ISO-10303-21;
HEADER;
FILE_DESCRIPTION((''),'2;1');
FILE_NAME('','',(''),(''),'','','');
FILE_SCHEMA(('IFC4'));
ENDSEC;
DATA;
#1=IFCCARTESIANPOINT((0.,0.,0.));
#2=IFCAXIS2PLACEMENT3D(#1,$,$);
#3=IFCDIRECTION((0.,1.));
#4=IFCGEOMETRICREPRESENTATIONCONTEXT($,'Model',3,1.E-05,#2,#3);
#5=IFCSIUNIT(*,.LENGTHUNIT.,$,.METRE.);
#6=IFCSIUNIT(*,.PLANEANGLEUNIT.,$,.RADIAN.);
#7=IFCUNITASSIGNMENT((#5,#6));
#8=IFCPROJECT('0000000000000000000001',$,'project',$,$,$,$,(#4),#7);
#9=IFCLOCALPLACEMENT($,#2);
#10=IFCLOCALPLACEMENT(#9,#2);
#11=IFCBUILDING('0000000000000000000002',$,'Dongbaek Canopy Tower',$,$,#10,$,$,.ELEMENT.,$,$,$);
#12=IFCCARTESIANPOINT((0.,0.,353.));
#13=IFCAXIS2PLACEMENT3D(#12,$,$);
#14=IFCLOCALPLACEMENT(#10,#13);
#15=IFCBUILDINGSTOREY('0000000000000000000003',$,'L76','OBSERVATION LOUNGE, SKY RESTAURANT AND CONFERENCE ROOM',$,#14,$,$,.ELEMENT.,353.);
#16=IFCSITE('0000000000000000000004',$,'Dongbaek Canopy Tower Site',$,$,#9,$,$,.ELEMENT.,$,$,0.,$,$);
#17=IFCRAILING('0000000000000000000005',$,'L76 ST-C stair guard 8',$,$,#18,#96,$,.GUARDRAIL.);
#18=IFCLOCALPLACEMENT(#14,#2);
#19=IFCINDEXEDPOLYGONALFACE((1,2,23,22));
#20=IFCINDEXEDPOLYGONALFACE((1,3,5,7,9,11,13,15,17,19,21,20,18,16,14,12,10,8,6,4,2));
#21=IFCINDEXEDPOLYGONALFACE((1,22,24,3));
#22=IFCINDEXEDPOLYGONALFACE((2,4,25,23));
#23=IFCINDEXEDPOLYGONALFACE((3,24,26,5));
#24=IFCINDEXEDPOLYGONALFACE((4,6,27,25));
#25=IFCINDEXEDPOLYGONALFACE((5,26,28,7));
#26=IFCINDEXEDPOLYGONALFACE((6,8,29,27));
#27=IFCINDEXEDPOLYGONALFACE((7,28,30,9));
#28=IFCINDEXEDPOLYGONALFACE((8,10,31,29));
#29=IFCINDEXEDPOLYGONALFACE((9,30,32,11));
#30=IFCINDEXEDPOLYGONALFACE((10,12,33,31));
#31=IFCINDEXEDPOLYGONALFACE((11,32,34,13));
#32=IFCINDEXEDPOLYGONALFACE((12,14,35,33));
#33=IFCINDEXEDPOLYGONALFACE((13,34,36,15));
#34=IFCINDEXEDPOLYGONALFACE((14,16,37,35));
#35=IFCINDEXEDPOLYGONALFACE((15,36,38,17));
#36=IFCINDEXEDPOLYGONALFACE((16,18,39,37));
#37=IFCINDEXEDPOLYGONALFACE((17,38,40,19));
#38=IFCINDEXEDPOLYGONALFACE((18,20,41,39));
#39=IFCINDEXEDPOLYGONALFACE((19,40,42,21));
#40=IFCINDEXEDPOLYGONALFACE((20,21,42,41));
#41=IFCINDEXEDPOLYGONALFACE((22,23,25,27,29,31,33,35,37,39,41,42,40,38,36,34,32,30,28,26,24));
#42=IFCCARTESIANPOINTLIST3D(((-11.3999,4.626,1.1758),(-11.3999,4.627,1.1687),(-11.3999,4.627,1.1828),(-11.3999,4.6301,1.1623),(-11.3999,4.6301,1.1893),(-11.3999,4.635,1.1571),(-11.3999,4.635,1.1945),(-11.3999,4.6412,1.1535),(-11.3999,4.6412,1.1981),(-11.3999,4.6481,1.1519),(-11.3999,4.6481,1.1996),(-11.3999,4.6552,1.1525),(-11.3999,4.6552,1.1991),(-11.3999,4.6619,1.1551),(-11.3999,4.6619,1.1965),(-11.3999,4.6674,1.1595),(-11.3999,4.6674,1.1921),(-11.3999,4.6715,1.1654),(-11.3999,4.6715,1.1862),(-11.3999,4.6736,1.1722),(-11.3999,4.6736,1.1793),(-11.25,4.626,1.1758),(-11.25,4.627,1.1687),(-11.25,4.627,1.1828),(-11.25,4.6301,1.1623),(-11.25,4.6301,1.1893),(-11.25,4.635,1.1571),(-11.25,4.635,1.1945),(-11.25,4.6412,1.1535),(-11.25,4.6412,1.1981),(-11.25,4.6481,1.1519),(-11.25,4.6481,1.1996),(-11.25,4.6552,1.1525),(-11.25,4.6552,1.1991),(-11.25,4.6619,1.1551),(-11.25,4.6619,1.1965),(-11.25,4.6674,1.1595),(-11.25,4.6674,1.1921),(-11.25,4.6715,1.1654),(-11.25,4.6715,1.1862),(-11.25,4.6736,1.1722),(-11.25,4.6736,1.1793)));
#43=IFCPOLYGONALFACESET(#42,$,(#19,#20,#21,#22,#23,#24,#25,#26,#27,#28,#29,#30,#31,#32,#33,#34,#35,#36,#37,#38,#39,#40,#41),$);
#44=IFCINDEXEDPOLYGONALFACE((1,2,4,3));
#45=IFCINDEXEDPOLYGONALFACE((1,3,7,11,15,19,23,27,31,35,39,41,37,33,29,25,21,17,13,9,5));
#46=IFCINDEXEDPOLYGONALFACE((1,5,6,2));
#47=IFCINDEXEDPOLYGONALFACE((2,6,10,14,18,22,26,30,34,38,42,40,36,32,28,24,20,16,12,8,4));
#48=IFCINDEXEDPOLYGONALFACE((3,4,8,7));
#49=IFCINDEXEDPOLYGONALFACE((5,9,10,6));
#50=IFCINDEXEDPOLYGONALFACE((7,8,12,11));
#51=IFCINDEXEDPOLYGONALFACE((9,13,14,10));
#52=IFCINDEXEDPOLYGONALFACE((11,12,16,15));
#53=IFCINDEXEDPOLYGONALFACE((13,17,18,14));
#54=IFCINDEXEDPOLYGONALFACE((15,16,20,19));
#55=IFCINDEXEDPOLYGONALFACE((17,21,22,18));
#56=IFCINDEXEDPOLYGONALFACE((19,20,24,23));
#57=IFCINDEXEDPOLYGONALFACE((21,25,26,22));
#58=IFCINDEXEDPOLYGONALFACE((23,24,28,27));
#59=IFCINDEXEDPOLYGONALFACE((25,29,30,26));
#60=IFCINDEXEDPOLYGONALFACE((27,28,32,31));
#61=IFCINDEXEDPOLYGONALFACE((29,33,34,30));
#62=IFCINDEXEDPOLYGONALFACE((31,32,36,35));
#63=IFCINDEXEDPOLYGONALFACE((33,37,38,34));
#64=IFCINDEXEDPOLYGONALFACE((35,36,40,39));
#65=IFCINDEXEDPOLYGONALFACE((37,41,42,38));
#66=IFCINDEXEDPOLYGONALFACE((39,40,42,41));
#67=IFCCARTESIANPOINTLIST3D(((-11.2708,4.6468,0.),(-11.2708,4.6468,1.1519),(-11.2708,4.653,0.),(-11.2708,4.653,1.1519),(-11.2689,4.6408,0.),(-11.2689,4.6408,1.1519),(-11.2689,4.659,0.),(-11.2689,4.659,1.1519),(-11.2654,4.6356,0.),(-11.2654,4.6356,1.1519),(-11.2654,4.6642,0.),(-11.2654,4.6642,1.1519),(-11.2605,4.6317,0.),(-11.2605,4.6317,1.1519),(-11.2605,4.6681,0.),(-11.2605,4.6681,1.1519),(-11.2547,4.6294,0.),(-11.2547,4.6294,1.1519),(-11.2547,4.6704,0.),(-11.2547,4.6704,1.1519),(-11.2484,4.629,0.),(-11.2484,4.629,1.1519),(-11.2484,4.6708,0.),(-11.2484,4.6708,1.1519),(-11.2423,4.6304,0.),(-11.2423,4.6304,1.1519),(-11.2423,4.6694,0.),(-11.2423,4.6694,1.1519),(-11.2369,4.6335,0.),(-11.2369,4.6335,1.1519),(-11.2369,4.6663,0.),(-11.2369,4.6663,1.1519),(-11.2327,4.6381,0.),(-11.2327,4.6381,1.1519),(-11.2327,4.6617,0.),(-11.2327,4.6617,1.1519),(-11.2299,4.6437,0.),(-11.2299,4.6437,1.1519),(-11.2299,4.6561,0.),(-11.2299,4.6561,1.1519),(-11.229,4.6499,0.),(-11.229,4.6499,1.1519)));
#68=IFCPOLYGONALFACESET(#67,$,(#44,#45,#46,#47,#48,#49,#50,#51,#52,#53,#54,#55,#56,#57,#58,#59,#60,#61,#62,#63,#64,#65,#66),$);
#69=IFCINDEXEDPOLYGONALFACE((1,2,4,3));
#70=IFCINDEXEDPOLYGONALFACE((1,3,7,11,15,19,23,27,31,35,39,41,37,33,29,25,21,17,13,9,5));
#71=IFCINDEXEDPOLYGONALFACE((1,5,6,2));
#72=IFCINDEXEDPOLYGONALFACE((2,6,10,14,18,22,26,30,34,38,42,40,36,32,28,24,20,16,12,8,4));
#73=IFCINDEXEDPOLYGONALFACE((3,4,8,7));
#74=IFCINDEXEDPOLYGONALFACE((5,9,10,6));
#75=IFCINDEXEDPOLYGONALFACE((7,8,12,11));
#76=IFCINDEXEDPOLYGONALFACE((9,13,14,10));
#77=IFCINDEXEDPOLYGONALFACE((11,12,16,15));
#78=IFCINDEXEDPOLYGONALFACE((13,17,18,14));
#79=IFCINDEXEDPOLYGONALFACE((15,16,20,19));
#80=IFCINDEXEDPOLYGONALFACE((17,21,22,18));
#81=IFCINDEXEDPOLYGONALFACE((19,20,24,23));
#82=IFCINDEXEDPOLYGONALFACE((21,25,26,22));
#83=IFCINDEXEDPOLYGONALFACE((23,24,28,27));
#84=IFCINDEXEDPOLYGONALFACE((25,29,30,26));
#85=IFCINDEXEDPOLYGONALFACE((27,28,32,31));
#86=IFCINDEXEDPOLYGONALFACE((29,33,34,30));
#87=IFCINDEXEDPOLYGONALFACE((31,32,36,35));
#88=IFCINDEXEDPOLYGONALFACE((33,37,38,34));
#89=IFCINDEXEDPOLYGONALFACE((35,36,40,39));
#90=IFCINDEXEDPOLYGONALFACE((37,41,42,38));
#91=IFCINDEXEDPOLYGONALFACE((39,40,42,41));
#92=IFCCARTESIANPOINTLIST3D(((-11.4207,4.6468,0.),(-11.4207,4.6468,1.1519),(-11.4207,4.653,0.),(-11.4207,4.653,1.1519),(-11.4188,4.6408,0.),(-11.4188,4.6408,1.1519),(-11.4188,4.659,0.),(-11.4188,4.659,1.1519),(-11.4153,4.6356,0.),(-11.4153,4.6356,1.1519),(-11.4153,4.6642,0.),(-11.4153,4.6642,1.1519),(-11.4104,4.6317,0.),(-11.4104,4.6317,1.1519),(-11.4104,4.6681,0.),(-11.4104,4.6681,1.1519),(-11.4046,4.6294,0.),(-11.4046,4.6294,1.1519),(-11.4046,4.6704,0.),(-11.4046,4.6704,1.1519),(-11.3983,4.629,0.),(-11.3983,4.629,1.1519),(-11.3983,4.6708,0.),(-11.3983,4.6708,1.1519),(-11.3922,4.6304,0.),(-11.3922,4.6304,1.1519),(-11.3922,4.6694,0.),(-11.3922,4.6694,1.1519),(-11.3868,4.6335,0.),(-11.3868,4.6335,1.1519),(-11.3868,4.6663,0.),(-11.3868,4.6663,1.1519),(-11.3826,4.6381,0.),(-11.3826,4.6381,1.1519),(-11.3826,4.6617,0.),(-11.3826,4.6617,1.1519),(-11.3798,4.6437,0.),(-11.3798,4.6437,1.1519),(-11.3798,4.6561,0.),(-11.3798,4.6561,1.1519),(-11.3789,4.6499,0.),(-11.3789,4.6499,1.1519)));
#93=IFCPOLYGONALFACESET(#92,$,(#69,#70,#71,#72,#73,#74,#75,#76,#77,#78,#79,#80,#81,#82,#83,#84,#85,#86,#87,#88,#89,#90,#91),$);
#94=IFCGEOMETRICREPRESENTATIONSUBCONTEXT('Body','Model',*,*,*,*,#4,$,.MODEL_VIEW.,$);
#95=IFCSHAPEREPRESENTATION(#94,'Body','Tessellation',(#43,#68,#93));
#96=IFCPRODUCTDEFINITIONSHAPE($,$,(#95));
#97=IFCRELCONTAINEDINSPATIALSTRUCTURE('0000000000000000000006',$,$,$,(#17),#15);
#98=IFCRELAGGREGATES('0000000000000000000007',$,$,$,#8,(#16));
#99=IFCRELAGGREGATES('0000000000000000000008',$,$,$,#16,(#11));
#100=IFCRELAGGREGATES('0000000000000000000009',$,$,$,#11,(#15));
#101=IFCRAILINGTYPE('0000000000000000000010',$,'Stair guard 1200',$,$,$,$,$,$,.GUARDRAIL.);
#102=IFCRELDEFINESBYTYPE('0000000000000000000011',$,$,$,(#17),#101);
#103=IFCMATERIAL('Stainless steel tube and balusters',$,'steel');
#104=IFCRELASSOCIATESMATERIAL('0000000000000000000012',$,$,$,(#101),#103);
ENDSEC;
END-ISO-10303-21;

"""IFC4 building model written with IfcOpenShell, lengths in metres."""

from ifc_helpers import new_model, si_unit, direction, frame, origin, origin_2d, place, context, subcontext, project, spatial, circle, extrude, material, type_object, element, save


model = new_model("IFC4")

# Units and contexts
model_context = context("Model", 3, precision=1e-05, world=origin(), true_north=direction((0.0, 1.0)))
body_context = subcontext(model_context, "Body", "Model", "MODEL_VIEW")
ifc_project = project(units=[si_unit("LENGTHUNIT", "METRE"), si_unit("PLANEANGLEUNIT", "RADIAN")], contexts=[model_context])

# Site, building, storey
site_placement = place(None, origin())
site = spatial("IfcSite", under=ifc_project, at=site_placement, Name="Dongbaek Canopy Tower Site", CompositionType="ELEMENT", RefElevation=0.0)
building_placement = place(site_placement, origin())
building = spatial("IfcBuilding", under=site, at=building_placement, Name="Dongbaek Canopy Tower", CompositionType="ELEMENT")
storey_placement = place(building_placement, frame((0.0, 0.0, 353.0)))
storey = spatial("IfcBuildingStorey", under=building, at=storey_placement, Name="L76", Description="OBSERVATION LOUNGE, SKY RESTAURANT AND CONFERENCE ROOM", CompositionType="ELEMENT", Elevation=353.0)

# Railing
ifc_material_1 = material(Name="Stainless steel tube and balusters", Category="steel")
railing_type_1 = type_object("IfcRailingType", Name="Stair guard 1200", PredefinedType="GUARDRAIL", material=ifc_material_1)
railing_1_placement = place(storey_placement, frame((-11.25, 4.6499, 0.0)))
element("IfcRailing", 1, at=railing_1_placement, inside=storey, type_object=railing_type_1, Name="L76 ST-C stair guard 8", PredefinedType="GUARDRAIL", context=body_context, shape_type="SweptSolid", body=[
    extrude(circle(Radius=0.0239, at=origin_2d()), frame((0.0, 0.0, 1.1758), z_axis=(-1.0, 0.0, 0.0), x_axis=(0.0, -1.0, 0.0)), (0.0, 0.0, 1.0), 0.1499),
    extrude(circle(Radius=0.021, at=origin_2d()), origin(), (0.0, 0.0, 1.0), 1.1519),
    extrude(circle(Radius=0.021, at=origin_2d()), frame((-0.1499, 0.0, 0.0)), (0.0, 0.0, 1.0), 1.1519),
])

save(model, "model.ifc")
